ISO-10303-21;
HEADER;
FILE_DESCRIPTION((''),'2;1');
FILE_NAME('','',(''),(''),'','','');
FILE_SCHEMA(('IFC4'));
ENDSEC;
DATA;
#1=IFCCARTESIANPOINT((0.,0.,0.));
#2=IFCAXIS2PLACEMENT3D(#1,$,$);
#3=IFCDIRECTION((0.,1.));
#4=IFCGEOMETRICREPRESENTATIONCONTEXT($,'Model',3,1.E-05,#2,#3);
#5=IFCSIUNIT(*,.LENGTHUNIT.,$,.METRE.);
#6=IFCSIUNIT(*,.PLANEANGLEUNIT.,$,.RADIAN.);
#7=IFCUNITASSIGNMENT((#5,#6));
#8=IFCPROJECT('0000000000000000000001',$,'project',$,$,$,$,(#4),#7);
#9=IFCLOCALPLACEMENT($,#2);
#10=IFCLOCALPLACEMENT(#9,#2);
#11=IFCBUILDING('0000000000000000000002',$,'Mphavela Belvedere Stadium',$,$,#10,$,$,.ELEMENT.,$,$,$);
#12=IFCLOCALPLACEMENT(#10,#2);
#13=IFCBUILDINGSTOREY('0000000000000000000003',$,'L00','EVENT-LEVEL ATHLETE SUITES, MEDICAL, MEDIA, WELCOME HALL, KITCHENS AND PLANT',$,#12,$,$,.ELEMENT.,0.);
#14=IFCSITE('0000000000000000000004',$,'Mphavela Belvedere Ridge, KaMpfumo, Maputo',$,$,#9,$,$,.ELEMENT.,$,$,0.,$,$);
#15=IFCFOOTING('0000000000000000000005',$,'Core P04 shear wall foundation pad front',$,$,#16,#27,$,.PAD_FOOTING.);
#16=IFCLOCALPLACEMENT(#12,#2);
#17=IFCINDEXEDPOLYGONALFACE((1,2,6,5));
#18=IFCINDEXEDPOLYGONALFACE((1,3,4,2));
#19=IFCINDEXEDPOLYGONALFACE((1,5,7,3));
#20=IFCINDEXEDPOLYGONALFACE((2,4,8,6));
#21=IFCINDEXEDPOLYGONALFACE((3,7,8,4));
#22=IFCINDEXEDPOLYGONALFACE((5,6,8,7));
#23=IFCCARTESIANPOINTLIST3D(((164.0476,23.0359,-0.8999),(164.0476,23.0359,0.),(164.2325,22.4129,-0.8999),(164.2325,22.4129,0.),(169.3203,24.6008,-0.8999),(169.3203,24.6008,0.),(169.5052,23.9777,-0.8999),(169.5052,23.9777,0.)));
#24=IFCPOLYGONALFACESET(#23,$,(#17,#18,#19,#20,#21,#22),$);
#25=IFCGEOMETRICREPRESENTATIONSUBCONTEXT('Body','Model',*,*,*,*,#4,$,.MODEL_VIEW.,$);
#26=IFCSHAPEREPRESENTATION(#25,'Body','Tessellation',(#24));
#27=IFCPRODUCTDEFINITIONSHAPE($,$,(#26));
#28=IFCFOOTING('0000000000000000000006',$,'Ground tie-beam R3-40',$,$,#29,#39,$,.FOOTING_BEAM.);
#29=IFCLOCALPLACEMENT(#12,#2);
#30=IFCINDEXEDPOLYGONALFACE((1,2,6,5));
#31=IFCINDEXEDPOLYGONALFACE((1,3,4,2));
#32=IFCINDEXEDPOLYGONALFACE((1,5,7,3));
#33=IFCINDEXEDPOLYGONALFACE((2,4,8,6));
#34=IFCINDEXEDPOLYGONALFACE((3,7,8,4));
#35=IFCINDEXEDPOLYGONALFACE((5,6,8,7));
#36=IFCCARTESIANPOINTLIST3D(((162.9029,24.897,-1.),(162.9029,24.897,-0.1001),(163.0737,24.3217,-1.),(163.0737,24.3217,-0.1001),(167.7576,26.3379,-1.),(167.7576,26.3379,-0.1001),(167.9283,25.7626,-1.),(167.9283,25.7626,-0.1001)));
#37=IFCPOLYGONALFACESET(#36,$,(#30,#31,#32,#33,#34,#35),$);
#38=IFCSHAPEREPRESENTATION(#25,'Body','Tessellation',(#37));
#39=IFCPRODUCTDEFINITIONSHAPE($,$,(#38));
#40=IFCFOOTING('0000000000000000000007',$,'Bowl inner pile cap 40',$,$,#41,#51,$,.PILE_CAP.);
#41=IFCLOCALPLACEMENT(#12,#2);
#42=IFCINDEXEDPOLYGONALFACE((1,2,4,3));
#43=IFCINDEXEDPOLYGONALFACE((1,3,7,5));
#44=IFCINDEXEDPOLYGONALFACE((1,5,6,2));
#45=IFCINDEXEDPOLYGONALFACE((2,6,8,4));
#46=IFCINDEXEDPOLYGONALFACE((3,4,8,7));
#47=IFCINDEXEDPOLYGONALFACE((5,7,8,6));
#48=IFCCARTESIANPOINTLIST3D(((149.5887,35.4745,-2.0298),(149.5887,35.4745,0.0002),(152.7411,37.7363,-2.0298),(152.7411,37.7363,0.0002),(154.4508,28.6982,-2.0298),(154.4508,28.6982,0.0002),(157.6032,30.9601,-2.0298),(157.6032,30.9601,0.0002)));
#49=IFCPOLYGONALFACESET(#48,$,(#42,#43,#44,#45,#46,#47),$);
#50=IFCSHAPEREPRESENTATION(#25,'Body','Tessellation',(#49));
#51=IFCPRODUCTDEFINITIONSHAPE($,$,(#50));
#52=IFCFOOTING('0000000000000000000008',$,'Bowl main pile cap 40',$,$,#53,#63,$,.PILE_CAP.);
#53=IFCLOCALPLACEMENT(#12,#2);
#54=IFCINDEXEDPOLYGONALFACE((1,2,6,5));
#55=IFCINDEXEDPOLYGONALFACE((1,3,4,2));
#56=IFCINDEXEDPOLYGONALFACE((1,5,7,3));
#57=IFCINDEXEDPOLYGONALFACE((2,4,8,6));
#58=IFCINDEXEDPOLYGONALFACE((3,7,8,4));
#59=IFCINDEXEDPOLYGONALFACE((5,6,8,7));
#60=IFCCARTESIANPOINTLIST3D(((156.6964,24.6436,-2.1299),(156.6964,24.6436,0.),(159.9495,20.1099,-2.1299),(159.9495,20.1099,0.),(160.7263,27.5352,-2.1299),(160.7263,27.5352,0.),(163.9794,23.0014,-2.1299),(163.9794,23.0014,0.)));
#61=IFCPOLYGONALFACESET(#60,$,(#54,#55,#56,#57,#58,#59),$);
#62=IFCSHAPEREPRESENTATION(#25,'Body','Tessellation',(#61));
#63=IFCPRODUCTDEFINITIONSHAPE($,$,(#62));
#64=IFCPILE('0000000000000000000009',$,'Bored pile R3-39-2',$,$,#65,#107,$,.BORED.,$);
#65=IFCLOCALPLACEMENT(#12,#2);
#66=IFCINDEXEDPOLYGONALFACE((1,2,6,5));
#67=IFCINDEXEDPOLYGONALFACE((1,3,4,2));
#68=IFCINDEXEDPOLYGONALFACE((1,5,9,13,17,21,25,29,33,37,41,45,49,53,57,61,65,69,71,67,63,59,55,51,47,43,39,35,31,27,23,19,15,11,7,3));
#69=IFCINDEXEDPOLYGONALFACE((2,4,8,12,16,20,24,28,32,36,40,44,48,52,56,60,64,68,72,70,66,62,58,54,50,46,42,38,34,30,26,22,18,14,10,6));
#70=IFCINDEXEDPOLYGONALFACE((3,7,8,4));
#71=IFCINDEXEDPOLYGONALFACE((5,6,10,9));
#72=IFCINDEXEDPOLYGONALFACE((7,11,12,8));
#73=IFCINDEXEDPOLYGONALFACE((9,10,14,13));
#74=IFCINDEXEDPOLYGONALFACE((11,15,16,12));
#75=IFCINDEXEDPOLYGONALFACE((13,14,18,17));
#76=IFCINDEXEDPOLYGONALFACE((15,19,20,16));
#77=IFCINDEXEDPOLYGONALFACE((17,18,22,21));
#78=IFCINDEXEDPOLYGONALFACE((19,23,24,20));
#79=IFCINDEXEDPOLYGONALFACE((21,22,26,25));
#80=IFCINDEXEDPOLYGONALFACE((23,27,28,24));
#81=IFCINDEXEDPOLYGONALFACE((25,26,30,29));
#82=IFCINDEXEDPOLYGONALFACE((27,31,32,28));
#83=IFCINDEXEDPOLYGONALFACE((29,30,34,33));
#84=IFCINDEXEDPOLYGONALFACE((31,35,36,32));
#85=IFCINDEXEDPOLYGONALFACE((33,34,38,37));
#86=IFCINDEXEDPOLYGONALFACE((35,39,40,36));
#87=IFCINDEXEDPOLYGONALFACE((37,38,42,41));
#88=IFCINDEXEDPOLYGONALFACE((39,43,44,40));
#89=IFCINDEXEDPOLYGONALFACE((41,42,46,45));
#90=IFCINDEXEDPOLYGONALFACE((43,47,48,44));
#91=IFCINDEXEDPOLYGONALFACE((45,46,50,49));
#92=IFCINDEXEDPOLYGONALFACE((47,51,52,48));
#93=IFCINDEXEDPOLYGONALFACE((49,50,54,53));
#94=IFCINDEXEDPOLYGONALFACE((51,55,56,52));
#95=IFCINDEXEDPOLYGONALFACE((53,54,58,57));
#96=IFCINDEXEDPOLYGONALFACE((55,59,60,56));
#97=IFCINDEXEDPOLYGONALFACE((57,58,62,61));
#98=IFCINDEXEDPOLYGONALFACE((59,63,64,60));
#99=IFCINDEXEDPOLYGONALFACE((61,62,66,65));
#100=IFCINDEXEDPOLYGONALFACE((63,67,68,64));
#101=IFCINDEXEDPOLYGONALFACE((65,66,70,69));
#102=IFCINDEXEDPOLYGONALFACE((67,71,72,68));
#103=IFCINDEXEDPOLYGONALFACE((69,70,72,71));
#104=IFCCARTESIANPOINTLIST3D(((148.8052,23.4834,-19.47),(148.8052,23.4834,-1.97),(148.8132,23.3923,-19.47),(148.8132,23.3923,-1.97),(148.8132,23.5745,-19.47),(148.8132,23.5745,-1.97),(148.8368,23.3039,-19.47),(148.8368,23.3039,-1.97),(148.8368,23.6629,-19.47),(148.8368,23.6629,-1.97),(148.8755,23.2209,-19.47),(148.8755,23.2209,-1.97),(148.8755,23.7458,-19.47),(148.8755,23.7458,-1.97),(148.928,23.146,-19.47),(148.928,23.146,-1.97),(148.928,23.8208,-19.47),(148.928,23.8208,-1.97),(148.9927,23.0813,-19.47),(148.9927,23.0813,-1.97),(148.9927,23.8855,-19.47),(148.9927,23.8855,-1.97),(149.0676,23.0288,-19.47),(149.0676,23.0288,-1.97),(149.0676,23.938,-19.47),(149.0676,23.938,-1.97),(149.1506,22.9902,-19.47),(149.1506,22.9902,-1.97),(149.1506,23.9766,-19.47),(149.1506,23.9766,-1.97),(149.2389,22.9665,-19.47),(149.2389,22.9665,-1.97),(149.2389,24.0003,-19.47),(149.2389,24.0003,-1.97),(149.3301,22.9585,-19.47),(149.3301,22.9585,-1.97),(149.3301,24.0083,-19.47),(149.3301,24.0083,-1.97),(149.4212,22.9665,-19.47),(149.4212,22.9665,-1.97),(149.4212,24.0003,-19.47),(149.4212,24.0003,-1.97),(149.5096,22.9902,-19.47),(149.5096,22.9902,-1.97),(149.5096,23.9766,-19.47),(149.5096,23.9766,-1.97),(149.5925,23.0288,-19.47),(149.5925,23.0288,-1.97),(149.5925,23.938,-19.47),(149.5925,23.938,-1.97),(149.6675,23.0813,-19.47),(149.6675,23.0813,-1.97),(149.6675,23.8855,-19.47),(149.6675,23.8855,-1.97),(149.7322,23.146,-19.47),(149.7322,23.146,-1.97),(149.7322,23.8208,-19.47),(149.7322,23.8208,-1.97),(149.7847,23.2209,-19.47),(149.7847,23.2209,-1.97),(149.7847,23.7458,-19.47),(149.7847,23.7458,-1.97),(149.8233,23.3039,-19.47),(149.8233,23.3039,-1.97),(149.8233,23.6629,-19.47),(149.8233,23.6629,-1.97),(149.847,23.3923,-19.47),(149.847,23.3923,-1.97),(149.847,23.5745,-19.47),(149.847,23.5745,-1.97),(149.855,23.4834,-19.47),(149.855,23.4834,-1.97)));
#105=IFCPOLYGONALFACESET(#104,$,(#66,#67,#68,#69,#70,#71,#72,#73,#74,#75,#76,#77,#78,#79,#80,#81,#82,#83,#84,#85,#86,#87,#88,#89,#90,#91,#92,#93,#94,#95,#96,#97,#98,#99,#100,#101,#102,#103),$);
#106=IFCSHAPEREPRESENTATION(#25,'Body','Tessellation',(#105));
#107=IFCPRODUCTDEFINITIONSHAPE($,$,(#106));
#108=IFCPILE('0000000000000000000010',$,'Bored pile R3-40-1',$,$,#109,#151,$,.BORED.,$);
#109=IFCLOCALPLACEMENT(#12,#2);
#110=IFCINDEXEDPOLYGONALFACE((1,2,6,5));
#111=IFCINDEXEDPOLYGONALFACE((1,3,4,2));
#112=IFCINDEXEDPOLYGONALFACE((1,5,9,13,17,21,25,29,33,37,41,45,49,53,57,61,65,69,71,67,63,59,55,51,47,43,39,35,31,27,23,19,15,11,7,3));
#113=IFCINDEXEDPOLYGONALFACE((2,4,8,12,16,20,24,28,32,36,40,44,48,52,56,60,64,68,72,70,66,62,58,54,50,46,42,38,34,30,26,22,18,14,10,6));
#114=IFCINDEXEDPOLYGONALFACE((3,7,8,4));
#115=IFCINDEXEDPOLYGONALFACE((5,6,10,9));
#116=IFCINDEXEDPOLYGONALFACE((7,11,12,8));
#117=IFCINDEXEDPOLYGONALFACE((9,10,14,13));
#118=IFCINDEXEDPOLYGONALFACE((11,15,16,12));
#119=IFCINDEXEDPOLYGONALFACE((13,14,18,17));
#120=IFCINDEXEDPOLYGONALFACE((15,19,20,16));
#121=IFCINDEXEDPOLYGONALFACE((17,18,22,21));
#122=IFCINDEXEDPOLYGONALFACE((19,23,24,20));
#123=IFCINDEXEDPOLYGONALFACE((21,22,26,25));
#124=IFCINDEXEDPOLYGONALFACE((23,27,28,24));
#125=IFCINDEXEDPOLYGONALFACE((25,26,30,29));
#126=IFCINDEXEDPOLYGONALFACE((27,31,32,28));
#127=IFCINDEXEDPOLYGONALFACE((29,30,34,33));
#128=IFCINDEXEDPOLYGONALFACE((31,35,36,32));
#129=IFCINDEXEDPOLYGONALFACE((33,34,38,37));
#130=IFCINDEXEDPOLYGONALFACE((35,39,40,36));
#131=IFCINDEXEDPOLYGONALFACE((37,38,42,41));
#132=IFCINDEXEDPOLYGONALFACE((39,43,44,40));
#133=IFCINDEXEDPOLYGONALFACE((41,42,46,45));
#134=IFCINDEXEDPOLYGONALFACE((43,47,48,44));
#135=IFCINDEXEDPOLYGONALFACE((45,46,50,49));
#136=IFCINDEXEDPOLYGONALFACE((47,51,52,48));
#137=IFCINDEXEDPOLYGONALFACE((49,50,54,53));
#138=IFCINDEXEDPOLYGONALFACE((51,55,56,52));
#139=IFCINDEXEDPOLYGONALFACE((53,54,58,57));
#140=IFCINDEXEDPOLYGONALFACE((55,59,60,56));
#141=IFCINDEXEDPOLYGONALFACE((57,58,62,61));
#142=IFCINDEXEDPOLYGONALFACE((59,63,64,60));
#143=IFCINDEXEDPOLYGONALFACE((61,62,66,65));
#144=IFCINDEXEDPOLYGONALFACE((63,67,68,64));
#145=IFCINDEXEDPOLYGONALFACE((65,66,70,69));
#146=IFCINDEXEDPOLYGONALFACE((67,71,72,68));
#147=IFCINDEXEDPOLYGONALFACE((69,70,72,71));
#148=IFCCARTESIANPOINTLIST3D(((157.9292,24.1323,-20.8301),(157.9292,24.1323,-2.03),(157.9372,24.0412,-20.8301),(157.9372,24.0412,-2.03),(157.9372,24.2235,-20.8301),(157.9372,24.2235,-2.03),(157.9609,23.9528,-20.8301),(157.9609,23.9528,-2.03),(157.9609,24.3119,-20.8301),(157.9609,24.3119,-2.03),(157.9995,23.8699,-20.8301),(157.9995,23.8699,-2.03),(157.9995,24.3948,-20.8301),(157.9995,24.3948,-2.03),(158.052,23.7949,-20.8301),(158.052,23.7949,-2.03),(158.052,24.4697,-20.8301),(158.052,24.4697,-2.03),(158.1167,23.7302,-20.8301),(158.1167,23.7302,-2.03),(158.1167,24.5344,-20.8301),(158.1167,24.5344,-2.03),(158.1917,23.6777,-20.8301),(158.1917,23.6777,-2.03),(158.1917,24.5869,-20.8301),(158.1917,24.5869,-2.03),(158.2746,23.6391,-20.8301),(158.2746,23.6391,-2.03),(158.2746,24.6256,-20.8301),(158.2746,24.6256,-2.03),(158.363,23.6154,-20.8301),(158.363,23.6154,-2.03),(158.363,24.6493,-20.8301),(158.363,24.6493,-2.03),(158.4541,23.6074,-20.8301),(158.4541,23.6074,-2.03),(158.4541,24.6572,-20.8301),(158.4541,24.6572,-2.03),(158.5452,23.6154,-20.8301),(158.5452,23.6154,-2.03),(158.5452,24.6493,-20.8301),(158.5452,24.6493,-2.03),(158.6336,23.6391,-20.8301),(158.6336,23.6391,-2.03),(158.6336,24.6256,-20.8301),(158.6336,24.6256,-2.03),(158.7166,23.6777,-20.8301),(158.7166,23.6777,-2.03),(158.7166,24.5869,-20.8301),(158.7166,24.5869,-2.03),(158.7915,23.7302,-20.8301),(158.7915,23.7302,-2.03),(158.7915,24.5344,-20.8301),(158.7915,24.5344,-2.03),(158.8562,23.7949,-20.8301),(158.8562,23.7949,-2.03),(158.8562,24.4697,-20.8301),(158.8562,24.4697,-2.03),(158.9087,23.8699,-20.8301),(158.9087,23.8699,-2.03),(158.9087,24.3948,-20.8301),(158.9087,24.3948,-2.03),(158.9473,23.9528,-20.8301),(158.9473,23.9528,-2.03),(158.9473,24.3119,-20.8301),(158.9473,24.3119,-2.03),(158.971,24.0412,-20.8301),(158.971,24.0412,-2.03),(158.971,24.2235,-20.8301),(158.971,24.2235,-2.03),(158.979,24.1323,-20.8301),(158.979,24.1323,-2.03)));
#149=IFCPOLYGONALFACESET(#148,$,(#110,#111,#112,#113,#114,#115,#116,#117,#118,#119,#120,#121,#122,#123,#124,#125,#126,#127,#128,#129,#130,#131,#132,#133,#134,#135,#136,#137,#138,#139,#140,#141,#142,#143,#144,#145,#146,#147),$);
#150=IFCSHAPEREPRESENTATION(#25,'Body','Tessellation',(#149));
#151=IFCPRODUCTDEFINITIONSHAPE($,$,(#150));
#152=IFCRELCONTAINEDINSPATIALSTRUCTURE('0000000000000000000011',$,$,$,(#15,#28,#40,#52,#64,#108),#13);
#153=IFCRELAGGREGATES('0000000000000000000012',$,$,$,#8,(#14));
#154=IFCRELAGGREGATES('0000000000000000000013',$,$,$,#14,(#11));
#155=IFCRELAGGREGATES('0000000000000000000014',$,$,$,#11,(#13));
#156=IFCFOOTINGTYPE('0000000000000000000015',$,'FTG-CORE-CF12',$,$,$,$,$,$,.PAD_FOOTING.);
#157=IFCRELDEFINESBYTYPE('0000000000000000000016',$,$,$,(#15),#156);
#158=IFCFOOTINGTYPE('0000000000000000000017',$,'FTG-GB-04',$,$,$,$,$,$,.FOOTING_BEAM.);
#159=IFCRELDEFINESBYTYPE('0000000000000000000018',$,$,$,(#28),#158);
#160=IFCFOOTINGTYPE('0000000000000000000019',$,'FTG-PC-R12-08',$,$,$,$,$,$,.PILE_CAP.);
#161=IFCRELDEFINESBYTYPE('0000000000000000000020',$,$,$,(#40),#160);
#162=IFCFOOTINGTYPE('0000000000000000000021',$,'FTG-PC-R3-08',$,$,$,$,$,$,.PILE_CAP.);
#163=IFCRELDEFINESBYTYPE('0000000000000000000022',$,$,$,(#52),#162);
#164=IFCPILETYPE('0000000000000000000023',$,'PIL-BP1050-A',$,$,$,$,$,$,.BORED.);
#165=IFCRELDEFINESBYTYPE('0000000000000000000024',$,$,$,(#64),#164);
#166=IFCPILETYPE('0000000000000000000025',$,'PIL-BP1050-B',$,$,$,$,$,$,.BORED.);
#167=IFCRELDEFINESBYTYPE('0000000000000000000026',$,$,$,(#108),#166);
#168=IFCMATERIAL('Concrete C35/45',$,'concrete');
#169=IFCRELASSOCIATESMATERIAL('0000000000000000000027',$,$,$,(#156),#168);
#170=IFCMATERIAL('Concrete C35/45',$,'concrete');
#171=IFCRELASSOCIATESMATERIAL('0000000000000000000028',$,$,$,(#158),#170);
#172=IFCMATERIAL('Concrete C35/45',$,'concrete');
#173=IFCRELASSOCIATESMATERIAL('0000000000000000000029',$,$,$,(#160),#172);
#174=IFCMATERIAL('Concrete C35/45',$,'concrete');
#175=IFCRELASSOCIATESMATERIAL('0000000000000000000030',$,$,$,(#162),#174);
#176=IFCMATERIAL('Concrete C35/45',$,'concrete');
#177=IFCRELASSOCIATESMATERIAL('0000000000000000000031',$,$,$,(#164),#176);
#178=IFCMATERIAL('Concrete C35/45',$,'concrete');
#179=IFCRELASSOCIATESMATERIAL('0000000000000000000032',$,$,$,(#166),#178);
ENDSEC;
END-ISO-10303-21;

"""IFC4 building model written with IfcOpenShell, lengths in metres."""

from ifc_helpers import new_model, si_unit, direction, frame, origin, origin_2d, place, context, subcontext, project, spatial, rectangle, circle, extrude, material, material_profile, profile_set, type_object, element, save


model = new_model("IFC4")

# Units and contexts
model_context = context("Model", 3, precision=1e-05, world=origin(), true_north=direction((0.0, 1.0)))
body_context = subcontext(model_context, "Body", "Model", "MODEL_VIEW")
ifc_project = project(units=[si_unit("LENGTHUNIT", "METRE"), si_unit("PLANEANGLEUNIT", "RADIAN")], contexts=[model_context])

# Site, building, storey
site_placement = place(None, origin())
site = spatial("IfcSite", under=ifc_project, at=site_placement, Name="Mphavela Belvedere Ridge, KaMpfumo, Maputo", CompositionType="ELEMENT", RefElevation=0.0)
building_placement = place(site_placement, origin())
building = spatial("IfcBuilding", under=site, at=building_placement, Name="Mphavela Belvedere Stadium", CompositionType="ELEMENT")
storey_placement = place(building_placement, origin())
storey = spatial("IfcBuildingStorey", under=building, at=storey_placement, Name="L00", Description="EVENT-LEVEL ATHLETE SUITES, MEDICAL, MEDIA, WELCOME HALL, KITCHENS AND PLANT", CompositionType="ELEMENT", Elevation=0.0)

# Footings
ifc_material_1 = material(Name="Concrete C35/45", Category="concrete")
footing_type_1 = type_object("IfcFootingType", Name="FTG-CORE-CF12", PredefinedType="PAD_FOOTING", material=ifc_material_1)
footing_1_placement = place(storey_placement, frame((166.7764, 23.5068, -0.8999), z_axis=(0.0, 0.0, 1.0), x_axis=(-0.958671, -0.284517, 0.0)))
element("IfcFooting", 1, at=footing_1_placement, inside=storey, type_object=footing_type_1, Name="Core P04 shear wall foundation pad front", PredefinedType="PAD_FOOTING", context=body_context, shape_type="SweptSolid", body=[
    extrude(rectangle(XDim=5.5, YDim=0.6499, at=origin_2d()), origin(), (0.0, 0.0, 1.0), 0.8999),
])
ifc_material_2 = material(Name="Concrete C35/45", Category="concrete")
ifc_material_profile_1 = material_profile(ifc_material_2, rectangle(XDim=0.6001, YDim=0.8999, at=origin_2d()), Name="GB 600x900")
ifc_profile_set_1 = profile_set([ifc_material_profile_1], Name="Concrete C35/45")
footing_type_2 = type_object("IfcFootingType", Name="FTG-GB-04", PredefinedType="FOOTING_BEAM", material=ifc_profile_set_1)
footing_2_placement = place(storey_placement, frame((162.9883, 24.6094, -0.55), z_axis=(0.958665, 0.284538, 0.0), x_axis=(-0.284538, 0.958665, 0.0)))
element("IfcFooting", 2, at=footing_2_placement, inside=storey, type_object=footing_type_2, Name="Ground tie-beam R3-40", PredefinedType="FOOTING_BEAM", context=body_context, shape_type="SweptSolid", body=[
    extrude(rectangle(XDim=0.6001, YDim=0.8999, at=origin_2d()), origin(), (0.0, 0.0, 1.0), 5.064),
])
ifc_material_3 = material(Name="Concrete C35/45", Category="concrete")
footing_type_3 = type_object("IfcFootingType", Name="FTG-PC-R12-08", PredefinedType="PILE_CAP", material=ifc_material_3)
footing_3_placement = place(storey_placement, frame((153.5959, 33.2173, -2.0298), z_axis=(0.0, 0.0, 1.0), x_axis=(0.582974, -0.812491, 0.0)))
element("IfcFooting", 3, at=footing_3_placement, inside=storey, type_object=footing_type_3, Name="Bowl inner pile cap 40", PredefinedType="PILE_CAP", context=body_context, shape_type="SweptSolid", body=[
    extrude(rectangle(XDim=8.3401, YDim=3.8799, at=origin_2d()), origin(), (0.0, 0.0, 1.0), 2.03),
])
ifc_material_4 = material(Name="Concrete C35/45", Category="concrete")
footing_type_4 = type_object("IfcFootingType", Name="FTG-PC-R3-08", PredefinedType="PILE_CAP", material=ifc_material_4)
footing_4_placement = place(storey_placement, frame((160.3379, 23.8225, -2.1299), z_axis=(0.0, 0.0, 1.0), x_axis=(0.582974, -0.812491, 0.0)))
element("IfcFooting", 4, at=footing_4_placement, inside=storey, type_object=footing_type_4, Name="Bowl main pile cap 40", PredefinedType="PILE_CAP", context=body_context, shape_type="SweptSolid", body=[
    extrude(rectangle(XDim=5.5801, YDim=4.96, at=origin_2d()), origin(), (0.0, 0.0, 1.0), 2.1299),
])

# Piles
ifc_material_5 = material(Name="Concrete C35/45", Category="concrete")
ifc_material_profile_2 = material_profile(ifc_material_5, circle(Radius=0.5249, at=origin_2d()), Name="BP D1050")
ifc_profile_set_2 = profile_set([ifc_material_profile_2], Name="Concrete C35/45")
pile_type_1 = type_object("IfcPileType", Name="PIL-BP1050-A", PredefinedType="BORED", material=ifc_profile_set_2)
pile_1_placement = place(storey_placement, frame((149.3301, 23.4834, -1.97), z_axis=(0.0, 0.0, -1.0), x_axis=(1.0, 0.0, 0.0)))
element("IfcPile", 5, at=pile_1_placement, inside=storey, type_object=pile_type_1, Name="Bored pile R3-39-2", PredefinedType="BORED", context=body_context, shape_type="SweptSolid", body=[
    extrude(circle(Radius=0.5249, at=origin_2d()), origin(), (0.0, 0.0, 1.0), 17.5),
])
ifc_material_6 = material(Name="Concrete C35/45", Category="concrete")
ifc_material_profile_3 = material_profile(ifc_material_6, circle(Radius=0.5249, at=origin_2d()), Name="BP D1050")
ifc_profile_set_3 = profile_set([ifc_material_profile_3], Name="Concrete C35/45")
pile_type_2 = type_object("IfcPileType", Name="PIL-BP1050-B", PredefinedType="BORED", material=ifc_profile_set_3)
for number, where, z_axis, x_axis, name in (
    (6, (158.4541, 24.1323, -2.03), (0.0, 0.0, -1.0), (1.0, 0.0, 0.0), "Bored pile R3-40-1"),
):
    element("IfcPile", number, at=place(storey_placement, frame(where, z_axis=z_axis, x_axis=x_axis)), inside=storey, type_object=pile_type_2, Name=name, PredefinedType="BORED", context=body_context, shape_type="SweptSolid", body=[
        extrude(circle(Radius=0.5249, at=origin_2d()), origin(), (0.0, 0.0, 1.0), 18.8),
    ])

save(model, "model.ifc")
